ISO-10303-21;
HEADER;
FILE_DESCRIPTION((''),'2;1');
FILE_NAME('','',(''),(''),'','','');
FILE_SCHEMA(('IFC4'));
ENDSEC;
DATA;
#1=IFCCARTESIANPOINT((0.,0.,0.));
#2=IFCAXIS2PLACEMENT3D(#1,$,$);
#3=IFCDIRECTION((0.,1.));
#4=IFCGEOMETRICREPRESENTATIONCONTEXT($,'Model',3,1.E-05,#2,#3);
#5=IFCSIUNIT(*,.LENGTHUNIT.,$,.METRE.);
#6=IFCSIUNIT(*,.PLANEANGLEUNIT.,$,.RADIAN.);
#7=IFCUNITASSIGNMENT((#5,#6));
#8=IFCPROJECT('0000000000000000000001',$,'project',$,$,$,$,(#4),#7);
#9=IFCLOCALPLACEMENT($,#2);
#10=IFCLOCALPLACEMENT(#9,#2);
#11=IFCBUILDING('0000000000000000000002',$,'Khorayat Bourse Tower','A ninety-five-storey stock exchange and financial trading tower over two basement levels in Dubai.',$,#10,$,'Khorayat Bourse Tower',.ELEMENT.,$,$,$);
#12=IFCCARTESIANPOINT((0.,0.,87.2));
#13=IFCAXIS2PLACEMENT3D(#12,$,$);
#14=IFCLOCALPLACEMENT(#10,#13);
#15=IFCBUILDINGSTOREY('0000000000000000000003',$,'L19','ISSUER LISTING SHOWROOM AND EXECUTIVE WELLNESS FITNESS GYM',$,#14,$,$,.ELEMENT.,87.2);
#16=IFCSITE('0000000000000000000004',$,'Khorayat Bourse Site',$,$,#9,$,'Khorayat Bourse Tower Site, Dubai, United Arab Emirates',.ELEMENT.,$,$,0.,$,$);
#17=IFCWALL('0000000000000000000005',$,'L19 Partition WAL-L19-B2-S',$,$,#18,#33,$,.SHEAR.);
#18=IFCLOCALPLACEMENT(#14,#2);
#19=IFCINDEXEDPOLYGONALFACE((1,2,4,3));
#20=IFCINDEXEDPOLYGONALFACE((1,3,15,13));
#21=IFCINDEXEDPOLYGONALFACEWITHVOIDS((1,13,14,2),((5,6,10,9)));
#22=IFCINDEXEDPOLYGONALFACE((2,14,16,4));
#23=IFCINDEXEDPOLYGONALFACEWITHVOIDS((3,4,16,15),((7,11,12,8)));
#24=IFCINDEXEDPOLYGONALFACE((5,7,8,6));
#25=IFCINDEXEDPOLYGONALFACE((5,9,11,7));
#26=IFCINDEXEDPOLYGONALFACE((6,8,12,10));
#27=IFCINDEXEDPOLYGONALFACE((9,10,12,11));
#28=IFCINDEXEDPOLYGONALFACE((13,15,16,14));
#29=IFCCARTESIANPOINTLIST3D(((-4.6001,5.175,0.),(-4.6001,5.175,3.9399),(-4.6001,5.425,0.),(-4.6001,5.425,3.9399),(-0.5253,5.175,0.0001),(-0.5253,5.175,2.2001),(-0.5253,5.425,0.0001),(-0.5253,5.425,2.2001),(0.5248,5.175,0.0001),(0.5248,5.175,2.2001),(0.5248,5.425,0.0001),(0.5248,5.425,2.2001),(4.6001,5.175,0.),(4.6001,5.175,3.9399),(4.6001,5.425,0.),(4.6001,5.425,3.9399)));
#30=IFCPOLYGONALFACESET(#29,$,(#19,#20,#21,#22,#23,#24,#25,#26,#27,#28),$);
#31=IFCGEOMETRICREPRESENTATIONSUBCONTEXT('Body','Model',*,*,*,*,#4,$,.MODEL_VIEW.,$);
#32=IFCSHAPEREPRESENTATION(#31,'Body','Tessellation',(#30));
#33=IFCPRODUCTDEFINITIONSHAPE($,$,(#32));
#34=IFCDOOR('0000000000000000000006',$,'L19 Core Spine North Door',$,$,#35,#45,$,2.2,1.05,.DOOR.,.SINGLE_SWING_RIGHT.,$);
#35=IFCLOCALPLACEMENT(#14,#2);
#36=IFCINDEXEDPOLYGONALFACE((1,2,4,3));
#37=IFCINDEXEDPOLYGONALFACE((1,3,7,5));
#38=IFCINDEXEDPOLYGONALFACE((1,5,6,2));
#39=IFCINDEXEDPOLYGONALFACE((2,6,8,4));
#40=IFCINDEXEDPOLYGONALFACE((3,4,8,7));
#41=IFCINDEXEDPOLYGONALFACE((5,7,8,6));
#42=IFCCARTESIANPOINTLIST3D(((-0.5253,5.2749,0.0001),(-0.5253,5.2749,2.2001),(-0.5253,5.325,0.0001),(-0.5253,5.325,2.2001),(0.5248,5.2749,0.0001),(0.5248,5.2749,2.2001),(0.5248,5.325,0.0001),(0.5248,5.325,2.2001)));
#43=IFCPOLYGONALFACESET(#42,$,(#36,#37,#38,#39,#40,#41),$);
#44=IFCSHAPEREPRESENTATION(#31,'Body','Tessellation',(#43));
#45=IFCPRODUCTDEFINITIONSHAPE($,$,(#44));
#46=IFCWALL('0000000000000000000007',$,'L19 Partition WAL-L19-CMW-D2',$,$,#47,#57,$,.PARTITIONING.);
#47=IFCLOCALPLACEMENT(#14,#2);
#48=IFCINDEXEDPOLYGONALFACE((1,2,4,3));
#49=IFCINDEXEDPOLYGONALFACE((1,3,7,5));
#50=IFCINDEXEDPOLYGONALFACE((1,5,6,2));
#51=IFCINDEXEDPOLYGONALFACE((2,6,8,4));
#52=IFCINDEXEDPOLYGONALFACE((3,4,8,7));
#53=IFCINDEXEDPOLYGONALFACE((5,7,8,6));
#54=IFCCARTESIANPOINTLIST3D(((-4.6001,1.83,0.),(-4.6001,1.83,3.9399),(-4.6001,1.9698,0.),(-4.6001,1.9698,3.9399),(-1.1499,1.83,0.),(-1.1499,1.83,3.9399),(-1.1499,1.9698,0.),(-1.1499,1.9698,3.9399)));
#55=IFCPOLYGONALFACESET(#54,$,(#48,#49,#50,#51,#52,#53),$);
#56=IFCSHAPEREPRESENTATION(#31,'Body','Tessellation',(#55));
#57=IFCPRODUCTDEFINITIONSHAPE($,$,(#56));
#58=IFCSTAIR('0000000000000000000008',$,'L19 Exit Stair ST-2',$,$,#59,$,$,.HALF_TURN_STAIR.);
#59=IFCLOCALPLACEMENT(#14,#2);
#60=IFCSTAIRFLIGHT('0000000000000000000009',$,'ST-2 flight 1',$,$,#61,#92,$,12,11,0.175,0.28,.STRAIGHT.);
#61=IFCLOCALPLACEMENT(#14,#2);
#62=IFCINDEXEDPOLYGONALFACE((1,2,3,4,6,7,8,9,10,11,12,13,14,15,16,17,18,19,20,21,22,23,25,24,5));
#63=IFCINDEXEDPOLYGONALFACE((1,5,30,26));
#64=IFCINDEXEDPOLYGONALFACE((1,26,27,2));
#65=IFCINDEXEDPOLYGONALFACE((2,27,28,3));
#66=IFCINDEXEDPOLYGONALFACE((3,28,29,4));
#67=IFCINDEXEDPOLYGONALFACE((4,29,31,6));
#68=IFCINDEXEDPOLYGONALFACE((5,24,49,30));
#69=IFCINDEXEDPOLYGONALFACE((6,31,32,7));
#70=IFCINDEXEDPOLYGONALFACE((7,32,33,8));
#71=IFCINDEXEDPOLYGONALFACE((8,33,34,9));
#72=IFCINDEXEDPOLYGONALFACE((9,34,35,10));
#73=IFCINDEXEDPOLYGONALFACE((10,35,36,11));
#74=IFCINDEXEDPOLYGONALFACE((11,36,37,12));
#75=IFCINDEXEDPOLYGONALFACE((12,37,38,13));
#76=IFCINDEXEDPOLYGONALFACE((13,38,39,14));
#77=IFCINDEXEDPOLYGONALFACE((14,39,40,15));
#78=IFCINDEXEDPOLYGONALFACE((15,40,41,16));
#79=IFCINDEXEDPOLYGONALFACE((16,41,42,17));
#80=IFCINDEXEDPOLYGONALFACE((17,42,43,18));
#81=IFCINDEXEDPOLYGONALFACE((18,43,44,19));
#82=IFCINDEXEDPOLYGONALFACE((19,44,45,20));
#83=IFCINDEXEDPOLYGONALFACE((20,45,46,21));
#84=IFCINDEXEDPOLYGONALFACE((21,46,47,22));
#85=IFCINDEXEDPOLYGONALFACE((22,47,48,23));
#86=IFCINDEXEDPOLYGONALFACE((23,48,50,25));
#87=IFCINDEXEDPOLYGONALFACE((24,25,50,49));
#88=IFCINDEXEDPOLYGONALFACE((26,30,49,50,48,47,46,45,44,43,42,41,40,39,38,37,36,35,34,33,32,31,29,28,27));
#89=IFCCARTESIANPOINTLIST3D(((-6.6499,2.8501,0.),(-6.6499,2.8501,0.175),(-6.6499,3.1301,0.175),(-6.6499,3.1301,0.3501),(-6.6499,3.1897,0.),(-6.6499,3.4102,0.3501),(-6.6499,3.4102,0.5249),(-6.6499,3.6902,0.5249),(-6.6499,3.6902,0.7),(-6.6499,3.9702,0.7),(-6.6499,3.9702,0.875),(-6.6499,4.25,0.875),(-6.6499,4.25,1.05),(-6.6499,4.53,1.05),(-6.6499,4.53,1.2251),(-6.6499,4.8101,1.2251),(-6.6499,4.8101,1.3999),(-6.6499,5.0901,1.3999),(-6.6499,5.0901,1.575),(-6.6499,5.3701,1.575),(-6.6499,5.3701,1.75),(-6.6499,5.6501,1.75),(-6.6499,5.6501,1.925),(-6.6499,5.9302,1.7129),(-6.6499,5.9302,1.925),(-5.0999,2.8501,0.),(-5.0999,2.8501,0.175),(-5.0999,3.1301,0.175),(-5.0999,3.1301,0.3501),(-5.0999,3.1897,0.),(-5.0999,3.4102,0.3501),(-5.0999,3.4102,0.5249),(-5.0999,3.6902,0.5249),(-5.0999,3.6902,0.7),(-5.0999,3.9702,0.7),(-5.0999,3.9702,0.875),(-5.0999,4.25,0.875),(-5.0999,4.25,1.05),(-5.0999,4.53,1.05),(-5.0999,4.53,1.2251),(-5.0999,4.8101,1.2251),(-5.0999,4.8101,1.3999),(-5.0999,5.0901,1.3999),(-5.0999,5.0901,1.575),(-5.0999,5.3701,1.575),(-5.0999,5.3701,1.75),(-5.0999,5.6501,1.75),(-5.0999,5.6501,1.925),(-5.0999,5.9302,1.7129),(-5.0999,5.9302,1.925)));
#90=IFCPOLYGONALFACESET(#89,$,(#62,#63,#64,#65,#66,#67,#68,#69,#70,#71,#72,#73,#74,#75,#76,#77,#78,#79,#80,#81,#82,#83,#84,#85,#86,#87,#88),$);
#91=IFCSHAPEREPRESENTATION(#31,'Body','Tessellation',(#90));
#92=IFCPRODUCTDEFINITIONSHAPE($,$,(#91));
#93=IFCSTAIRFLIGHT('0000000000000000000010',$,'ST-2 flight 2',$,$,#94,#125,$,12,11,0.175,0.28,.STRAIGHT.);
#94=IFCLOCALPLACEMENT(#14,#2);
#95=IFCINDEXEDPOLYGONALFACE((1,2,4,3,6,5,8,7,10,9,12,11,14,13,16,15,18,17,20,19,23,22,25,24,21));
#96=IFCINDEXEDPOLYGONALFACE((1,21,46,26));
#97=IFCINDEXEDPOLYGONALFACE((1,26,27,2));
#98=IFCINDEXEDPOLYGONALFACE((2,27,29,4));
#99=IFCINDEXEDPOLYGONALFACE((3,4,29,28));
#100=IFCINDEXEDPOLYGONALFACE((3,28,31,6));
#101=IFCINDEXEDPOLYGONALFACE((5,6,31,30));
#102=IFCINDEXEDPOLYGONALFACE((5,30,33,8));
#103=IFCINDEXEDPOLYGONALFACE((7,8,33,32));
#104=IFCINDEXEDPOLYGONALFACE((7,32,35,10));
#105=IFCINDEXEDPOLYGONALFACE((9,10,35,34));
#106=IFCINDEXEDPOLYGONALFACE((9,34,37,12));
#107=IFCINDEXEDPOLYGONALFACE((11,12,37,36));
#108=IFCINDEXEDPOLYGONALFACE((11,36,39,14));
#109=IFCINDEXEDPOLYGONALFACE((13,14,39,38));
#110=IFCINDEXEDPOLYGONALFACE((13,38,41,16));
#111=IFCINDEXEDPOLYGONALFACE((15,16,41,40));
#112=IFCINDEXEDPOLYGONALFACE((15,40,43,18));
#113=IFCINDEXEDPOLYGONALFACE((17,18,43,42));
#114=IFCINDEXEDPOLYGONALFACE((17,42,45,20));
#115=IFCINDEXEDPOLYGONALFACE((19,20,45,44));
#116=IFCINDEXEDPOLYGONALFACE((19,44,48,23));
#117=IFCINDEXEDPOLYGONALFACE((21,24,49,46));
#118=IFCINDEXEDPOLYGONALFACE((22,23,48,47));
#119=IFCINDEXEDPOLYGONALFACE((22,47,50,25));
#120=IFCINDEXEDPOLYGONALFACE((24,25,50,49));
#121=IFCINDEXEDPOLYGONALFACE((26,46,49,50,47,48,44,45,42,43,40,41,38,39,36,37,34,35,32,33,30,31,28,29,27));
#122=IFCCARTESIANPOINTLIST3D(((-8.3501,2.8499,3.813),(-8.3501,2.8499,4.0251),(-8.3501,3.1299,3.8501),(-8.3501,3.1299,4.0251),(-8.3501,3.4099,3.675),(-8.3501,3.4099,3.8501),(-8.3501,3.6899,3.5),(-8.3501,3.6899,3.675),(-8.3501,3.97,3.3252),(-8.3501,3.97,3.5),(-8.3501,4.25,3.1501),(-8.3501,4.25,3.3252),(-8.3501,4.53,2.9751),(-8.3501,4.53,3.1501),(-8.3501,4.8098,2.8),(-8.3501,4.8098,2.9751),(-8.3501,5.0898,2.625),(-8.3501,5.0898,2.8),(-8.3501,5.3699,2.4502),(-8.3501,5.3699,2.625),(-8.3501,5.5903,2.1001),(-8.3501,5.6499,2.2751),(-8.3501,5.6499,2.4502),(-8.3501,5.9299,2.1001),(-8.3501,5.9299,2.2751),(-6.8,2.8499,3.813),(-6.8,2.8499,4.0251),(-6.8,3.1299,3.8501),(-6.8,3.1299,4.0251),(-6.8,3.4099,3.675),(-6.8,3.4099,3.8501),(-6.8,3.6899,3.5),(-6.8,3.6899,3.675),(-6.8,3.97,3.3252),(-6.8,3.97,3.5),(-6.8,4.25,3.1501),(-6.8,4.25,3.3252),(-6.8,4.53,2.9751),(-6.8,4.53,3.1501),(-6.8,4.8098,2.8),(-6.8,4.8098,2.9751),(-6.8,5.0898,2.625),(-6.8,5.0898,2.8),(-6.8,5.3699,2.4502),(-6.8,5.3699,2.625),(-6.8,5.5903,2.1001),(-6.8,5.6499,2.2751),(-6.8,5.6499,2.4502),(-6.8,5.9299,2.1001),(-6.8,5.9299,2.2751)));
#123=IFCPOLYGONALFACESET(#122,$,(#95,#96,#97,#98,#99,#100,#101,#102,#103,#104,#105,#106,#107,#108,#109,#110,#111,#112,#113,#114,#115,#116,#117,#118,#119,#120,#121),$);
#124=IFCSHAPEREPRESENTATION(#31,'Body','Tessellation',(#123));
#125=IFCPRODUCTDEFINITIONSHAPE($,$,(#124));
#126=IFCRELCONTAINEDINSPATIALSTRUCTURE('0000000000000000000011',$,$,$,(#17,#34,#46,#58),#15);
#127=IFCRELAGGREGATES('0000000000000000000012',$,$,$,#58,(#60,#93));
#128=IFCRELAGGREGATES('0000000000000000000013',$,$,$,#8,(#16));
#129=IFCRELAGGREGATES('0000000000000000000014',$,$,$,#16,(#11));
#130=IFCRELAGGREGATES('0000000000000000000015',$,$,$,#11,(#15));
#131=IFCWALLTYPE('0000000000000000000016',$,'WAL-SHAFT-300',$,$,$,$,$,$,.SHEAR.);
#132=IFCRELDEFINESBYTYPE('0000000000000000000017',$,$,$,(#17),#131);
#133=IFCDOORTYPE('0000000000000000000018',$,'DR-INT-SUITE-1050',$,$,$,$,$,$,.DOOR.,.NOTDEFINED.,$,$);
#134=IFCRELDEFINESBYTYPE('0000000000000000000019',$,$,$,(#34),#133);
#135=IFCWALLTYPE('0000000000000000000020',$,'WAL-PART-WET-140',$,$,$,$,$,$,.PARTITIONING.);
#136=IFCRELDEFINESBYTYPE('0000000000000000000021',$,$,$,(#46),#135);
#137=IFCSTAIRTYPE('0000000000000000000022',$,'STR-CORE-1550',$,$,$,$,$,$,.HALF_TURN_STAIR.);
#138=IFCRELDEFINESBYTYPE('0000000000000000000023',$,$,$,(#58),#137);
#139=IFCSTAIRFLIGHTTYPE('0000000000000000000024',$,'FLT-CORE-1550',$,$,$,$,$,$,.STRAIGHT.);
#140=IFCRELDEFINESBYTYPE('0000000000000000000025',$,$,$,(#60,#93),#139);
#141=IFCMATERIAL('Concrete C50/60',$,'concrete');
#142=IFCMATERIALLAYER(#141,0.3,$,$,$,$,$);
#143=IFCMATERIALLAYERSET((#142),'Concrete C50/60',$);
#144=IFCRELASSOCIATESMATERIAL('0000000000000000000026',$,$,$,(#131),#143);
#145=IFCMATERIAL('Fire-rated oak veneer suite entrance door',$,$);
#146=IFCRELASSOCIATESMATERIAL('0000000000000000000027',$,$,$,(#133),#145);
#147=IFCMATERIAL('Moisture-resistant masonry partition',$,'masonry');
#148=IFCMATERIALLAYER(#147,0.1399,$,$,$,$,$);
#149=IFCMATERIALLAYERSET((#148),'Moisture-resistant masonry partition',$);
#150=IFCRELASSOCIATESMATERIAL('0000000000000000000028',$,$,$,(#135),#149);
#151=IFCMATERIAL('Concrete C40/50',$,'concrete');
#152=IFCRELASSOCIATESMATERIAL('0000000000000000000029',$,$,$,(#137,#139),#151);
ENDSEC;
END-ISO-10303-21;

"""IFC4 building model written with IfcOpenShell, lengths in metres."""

from ifc_helpers import new_model, si_unit, direction, frame, frame_2d, origin, place, context, subcontext, project, spatial, polyline, rectangle, outline, extrude, source, transform, mapped, material, layer, layer_set, type_object, element, fill, aggregate, save


model = new_model("IFC4")

# Units and contexts
model_context = context("Model", 3, precision=1e-05, world=origin(), true_north=direction((0.0, 1.0)))
body_context = subcontext(model_context, "Body", "Model", "MODEL_VIEW")
ifc_project = project(units=[si_unit("LENGTHUNIT", "METRE"), si_unit("PLANEANGLEUNIT", "RADIAN")], contexts=[model_context])

# Site, building, storey
site_placement = place(None, origin())
site = spatial("IfcSite", under=ifc_project, at=site_placement, Name="Khorayat Bourse Site", LongName="Khorayat Bourse Tower Site, Dubai, United Arab Emirates", CompositionType="ELEMENT", RefElevation=0.0)
building_placement = place(site_placement, origin())
building = spatial("IfcBuilding", under=site, at=building_placement, Name="Khorayat Bourse Tower", Description="A ninety-five-storey stock exchange and financial trading tower over two basement levels in Dubai.", LongName="Khorayat Bourse Tower", CompositionType="ELEMENT")
storey_placement = place(building_placement, frame((0.0, 0.0, 87.2)))
storey = spatial("IfcBuildingStorey", under=building, at=storey_placement, Name="L19", Description="ISSUER LISTING SHOWROOM AND EXECUTIVE WELLNESS FITNESS GYM", CompositionType="ELEMENT", Elevation=87.2)

# Shared definitions
ifc_material_1 = material(Name="Concrete C50/60", Category="concrete")
ifc_layer_1 = layer(ifc_material_1, 0.3)
ifc_layer_set_1 = layer_set([ifc_layer_1], Name="Concrete C50/60")
wall_type_1 = type_object("IfcWallType", Name="WAL-SHAFT-300", PredefinedType="SHEAR", material=ifc_layer_set_1)

# Wall, opening, door
shared_shape_1 = source(origin(), body_context, "Body", "SweptSolid", [
    extrude(rectangle(XDim=9.2002, YDim=0.25, at=frame_2d((4.6001, 0.0))), origin(), (0.0, 0.0, 1.0), 3.9399),
])
wall_1_placement = place(storey_placement, frame((-4.6001, 5.3, 0.0), z_axis=(0.0, 0.0, 1.0), x_axis=(1.0, 0.0, 0.0)))
wall_1 = element("IfcWall", 1, at=wall_1_placement, inside=storey, type_object=wall_type_1, Name="L19 Partition WAL-L19-B2-S", PredefinedType="SHEAR", context=body_context, shape_type="MappedRepresentation", body=[
    mapped(shared_shape_1, transform((0.0, 0.0, 0.0), scale=1.0)),
])
shared_shape_2 = source(origin(), body_context, "Body", "SweptSolid", [
    extrude(rectangle(XDim=1.05, YDim=2.2, at=frame_2d((0.5249, 1.1001))), frame((0.0, 0.135, 0.0), z_axis=(0.0, -1.0, 0.0), x_axis=(1.0, 0.0, 0.0)), (0.0, 0.0, 1.0), 0.27),
])
opening_placement = place(wall_1_placement, frame((4.075, 0.0, 0.0)))
opening = element("IfcOpeningElement", 2, at=opening_placement, cuts=wall_1, PredefinedType="OPENING", context=body_context, shape_type="MappedRepresentation", body=[
    mapped(shared_shape_2, transform((0.0, 0.0, 0.0), scale=1.0)),
])
ifc_material_2 = material(Name="Fire-rated oak veneer suite entrance door")
door_type = type_object("IfcDoorType", Name="DR-INT-SUITE-1050", OperationType="NOTDEFINED", PredefinedType="DOOR", material=ifc_material_2)
shared_shape_3 = source(origin(), body_context, "Body", "SweptSolid", [
    extrude(rectangle(XDim=1.05, YDim=2.2, at=frame_2d((0.5249, 1.1001))), frame((0.0, 0.0249, 0.0), z_axis=(0.0, -1.0, 0.0), x_axis=(1.0, 0.0, 0.0)), (0.0, 0.0, 1.0), 0.05),
])
door_placement = place(opening_placement, origin())
door = element("IfcDoor", 3, at=door_placement, inside=storey, type_object=door_type, Name="L19 Core Spine North Door", OperationType="SINGLE_SWING_RIGHT", OverallHeight=2.2, OverallWidth=1.05, PredefinedType="DOOR", context=body_context, shape_type="MappedRepresentation", body=[
    mapped(shared_shape_3, transform((0.0, 0.0, 0.0), scale=1.0)),
])
fill(opening, door)

# Wall
ifc_material_3 = material(Name="Moisture-resistant masonry partition", Category="masonry")
ifc_layer_2 = layer(ifc_material_3, 0.1399)
ifc_layer_set_2 = layer_set([ifc_layer_2], Name="Moisture-resistant masonry partition")
wall_type_2 = type_object("IfcWallType", Name="WAL-PART-WET-140", PredefinedType="PARTITIONING", material=ifc_layer_set_2)
shared_shape_4 = source(origin(), body_context, "Body", "SweptSolid", [
    extrude(rectangle(XDim=3.4502, YDim=0.1399, at=frame_2d((1.7251, 0.0))), origin(), (0.0, 0.0, 1.0), 3.9399),
])
wall_2_placement = place(storey_placement, frame((-4.6001, 1.8999, 0.0), z_axis=(0.0, 0.0, 1.0), x_axis=(1.0, 0.0, 0.0)))
element("IfcWall", 4, at=wall_2_placement, inside=storey, type_object=wall_type_2, Name="L19 Partition WAL-L19-CMW-D2", PredefinedType="PARTITIONING", context=body_context, shape_type="MappedRepresentation", body=[
    mapped(shared_shape_4, transform((0.0, 0.0, 0.0), scale=1.0)),
])

# Stair, stair flights
ifc_material_4 = material(Name="Concrete C40/50", Category="concrete")
stair_type = type_object("IfcStairType", Name="STR-CORE-1550", PredefinedType="HALF_TURN_STAIR", material=ifc_material_4)
stair_placement = place(storey_placement, origin())
stair = element("IfcStair", 5, at=stair_placement, inside=storey, type_object=stair_type, Name="L19 Exit Stair ST-2", PredefinedType="HALF_TURN_STAIR")
stair_flight_type = type_object("IfcStairFlightType", Name="FLT-CORE-1550", PredefinedType="STRAIGHT", material=ifc_material_4)
shared_shape_5 = source(origin(), body_context, "Body", "SweptSolid", [
    extrude(outline(polyline([(0.0, 0.0), (0.0, 0.175), (0.28, 0.175), (0.28, 0.3501), (0.5601, 0.3501), (0.5601, 0.5249), (0.8401, 0.5249), (0.8401, 0.7), (1.1201, 0.7), (1.1201, 0.875), (1.3999, 0.875), (1.3999, 1.05), (1.6799, 1.05), (1.6799, 1.2251), (1.96, 1.2251), (1.96, 1.3999), (2.24, 1.3999), (2.24, 1.575), (2.52, 1.575), (2.52, 1.75), (2.8, 1.75), (2.8, 1.925), (3.0801, 1.925), (3.0801, 2.1001), (3.0801, 1.7129), (0.3396, 0.0), (0.0, 0.0)])), frame((0.0, 0.7749, 0.0), z_axis=(0.0, -1.0, 0.0), x_axis=(1.0, 0.0, 0.0)), (0.0, 0.0, 1.0), 1.55),
])
stair_flight_1_placement = place(storey_placement, frame((-5.875, 2.8501, 0.0), z_axis=(0.0, 0.0, 1.0), x_axis=(0.0, 1.0, 0.0)))
stair_flight_1 = element("IfcStairFlight", 6, at=stair_flight_1_placement, type_object=stair_flight_type, Name="ST-2 flight 1", NumberOfRisers=12, NumberOfTreads=11, PredefinedType="STRAIGHT", RiserHeight=0.175, TreadLength=0.28, context=body_context, shape_type="MappedRepresentation", body=[
    mapped(shared_shape_5, transform((0.0, 0.0, 0.0), scale=1.0)),
])
stair_flight_2_placement = place(storey_placement, frame((-7.575, 5.9299, 2.1001), z_axis=(0.0, 0.0, 1.0), x_axis=(0.0, -1.0, 0.0)))
stair_flight_2 = element("IfcStairFlight", 7, at=stair_flight_2_placement, type_object=stair_flight_type, Name="ST-2 flight 2", NumberOfRisers=12, NumberOfTreads=11, PredefinedType="STRAIGHT", RiserHeight=0.175, TreadLength=0.28, context=body_context, shape_type="MappedRepresentation", body=[
    mapped(shared_shape_5, transform((0.0, 0.0, 0.0), scale=1.0)),
])
aggregate(stair, [stair_flight_1, stair_flight_2])

save(model, "model.ifc")
